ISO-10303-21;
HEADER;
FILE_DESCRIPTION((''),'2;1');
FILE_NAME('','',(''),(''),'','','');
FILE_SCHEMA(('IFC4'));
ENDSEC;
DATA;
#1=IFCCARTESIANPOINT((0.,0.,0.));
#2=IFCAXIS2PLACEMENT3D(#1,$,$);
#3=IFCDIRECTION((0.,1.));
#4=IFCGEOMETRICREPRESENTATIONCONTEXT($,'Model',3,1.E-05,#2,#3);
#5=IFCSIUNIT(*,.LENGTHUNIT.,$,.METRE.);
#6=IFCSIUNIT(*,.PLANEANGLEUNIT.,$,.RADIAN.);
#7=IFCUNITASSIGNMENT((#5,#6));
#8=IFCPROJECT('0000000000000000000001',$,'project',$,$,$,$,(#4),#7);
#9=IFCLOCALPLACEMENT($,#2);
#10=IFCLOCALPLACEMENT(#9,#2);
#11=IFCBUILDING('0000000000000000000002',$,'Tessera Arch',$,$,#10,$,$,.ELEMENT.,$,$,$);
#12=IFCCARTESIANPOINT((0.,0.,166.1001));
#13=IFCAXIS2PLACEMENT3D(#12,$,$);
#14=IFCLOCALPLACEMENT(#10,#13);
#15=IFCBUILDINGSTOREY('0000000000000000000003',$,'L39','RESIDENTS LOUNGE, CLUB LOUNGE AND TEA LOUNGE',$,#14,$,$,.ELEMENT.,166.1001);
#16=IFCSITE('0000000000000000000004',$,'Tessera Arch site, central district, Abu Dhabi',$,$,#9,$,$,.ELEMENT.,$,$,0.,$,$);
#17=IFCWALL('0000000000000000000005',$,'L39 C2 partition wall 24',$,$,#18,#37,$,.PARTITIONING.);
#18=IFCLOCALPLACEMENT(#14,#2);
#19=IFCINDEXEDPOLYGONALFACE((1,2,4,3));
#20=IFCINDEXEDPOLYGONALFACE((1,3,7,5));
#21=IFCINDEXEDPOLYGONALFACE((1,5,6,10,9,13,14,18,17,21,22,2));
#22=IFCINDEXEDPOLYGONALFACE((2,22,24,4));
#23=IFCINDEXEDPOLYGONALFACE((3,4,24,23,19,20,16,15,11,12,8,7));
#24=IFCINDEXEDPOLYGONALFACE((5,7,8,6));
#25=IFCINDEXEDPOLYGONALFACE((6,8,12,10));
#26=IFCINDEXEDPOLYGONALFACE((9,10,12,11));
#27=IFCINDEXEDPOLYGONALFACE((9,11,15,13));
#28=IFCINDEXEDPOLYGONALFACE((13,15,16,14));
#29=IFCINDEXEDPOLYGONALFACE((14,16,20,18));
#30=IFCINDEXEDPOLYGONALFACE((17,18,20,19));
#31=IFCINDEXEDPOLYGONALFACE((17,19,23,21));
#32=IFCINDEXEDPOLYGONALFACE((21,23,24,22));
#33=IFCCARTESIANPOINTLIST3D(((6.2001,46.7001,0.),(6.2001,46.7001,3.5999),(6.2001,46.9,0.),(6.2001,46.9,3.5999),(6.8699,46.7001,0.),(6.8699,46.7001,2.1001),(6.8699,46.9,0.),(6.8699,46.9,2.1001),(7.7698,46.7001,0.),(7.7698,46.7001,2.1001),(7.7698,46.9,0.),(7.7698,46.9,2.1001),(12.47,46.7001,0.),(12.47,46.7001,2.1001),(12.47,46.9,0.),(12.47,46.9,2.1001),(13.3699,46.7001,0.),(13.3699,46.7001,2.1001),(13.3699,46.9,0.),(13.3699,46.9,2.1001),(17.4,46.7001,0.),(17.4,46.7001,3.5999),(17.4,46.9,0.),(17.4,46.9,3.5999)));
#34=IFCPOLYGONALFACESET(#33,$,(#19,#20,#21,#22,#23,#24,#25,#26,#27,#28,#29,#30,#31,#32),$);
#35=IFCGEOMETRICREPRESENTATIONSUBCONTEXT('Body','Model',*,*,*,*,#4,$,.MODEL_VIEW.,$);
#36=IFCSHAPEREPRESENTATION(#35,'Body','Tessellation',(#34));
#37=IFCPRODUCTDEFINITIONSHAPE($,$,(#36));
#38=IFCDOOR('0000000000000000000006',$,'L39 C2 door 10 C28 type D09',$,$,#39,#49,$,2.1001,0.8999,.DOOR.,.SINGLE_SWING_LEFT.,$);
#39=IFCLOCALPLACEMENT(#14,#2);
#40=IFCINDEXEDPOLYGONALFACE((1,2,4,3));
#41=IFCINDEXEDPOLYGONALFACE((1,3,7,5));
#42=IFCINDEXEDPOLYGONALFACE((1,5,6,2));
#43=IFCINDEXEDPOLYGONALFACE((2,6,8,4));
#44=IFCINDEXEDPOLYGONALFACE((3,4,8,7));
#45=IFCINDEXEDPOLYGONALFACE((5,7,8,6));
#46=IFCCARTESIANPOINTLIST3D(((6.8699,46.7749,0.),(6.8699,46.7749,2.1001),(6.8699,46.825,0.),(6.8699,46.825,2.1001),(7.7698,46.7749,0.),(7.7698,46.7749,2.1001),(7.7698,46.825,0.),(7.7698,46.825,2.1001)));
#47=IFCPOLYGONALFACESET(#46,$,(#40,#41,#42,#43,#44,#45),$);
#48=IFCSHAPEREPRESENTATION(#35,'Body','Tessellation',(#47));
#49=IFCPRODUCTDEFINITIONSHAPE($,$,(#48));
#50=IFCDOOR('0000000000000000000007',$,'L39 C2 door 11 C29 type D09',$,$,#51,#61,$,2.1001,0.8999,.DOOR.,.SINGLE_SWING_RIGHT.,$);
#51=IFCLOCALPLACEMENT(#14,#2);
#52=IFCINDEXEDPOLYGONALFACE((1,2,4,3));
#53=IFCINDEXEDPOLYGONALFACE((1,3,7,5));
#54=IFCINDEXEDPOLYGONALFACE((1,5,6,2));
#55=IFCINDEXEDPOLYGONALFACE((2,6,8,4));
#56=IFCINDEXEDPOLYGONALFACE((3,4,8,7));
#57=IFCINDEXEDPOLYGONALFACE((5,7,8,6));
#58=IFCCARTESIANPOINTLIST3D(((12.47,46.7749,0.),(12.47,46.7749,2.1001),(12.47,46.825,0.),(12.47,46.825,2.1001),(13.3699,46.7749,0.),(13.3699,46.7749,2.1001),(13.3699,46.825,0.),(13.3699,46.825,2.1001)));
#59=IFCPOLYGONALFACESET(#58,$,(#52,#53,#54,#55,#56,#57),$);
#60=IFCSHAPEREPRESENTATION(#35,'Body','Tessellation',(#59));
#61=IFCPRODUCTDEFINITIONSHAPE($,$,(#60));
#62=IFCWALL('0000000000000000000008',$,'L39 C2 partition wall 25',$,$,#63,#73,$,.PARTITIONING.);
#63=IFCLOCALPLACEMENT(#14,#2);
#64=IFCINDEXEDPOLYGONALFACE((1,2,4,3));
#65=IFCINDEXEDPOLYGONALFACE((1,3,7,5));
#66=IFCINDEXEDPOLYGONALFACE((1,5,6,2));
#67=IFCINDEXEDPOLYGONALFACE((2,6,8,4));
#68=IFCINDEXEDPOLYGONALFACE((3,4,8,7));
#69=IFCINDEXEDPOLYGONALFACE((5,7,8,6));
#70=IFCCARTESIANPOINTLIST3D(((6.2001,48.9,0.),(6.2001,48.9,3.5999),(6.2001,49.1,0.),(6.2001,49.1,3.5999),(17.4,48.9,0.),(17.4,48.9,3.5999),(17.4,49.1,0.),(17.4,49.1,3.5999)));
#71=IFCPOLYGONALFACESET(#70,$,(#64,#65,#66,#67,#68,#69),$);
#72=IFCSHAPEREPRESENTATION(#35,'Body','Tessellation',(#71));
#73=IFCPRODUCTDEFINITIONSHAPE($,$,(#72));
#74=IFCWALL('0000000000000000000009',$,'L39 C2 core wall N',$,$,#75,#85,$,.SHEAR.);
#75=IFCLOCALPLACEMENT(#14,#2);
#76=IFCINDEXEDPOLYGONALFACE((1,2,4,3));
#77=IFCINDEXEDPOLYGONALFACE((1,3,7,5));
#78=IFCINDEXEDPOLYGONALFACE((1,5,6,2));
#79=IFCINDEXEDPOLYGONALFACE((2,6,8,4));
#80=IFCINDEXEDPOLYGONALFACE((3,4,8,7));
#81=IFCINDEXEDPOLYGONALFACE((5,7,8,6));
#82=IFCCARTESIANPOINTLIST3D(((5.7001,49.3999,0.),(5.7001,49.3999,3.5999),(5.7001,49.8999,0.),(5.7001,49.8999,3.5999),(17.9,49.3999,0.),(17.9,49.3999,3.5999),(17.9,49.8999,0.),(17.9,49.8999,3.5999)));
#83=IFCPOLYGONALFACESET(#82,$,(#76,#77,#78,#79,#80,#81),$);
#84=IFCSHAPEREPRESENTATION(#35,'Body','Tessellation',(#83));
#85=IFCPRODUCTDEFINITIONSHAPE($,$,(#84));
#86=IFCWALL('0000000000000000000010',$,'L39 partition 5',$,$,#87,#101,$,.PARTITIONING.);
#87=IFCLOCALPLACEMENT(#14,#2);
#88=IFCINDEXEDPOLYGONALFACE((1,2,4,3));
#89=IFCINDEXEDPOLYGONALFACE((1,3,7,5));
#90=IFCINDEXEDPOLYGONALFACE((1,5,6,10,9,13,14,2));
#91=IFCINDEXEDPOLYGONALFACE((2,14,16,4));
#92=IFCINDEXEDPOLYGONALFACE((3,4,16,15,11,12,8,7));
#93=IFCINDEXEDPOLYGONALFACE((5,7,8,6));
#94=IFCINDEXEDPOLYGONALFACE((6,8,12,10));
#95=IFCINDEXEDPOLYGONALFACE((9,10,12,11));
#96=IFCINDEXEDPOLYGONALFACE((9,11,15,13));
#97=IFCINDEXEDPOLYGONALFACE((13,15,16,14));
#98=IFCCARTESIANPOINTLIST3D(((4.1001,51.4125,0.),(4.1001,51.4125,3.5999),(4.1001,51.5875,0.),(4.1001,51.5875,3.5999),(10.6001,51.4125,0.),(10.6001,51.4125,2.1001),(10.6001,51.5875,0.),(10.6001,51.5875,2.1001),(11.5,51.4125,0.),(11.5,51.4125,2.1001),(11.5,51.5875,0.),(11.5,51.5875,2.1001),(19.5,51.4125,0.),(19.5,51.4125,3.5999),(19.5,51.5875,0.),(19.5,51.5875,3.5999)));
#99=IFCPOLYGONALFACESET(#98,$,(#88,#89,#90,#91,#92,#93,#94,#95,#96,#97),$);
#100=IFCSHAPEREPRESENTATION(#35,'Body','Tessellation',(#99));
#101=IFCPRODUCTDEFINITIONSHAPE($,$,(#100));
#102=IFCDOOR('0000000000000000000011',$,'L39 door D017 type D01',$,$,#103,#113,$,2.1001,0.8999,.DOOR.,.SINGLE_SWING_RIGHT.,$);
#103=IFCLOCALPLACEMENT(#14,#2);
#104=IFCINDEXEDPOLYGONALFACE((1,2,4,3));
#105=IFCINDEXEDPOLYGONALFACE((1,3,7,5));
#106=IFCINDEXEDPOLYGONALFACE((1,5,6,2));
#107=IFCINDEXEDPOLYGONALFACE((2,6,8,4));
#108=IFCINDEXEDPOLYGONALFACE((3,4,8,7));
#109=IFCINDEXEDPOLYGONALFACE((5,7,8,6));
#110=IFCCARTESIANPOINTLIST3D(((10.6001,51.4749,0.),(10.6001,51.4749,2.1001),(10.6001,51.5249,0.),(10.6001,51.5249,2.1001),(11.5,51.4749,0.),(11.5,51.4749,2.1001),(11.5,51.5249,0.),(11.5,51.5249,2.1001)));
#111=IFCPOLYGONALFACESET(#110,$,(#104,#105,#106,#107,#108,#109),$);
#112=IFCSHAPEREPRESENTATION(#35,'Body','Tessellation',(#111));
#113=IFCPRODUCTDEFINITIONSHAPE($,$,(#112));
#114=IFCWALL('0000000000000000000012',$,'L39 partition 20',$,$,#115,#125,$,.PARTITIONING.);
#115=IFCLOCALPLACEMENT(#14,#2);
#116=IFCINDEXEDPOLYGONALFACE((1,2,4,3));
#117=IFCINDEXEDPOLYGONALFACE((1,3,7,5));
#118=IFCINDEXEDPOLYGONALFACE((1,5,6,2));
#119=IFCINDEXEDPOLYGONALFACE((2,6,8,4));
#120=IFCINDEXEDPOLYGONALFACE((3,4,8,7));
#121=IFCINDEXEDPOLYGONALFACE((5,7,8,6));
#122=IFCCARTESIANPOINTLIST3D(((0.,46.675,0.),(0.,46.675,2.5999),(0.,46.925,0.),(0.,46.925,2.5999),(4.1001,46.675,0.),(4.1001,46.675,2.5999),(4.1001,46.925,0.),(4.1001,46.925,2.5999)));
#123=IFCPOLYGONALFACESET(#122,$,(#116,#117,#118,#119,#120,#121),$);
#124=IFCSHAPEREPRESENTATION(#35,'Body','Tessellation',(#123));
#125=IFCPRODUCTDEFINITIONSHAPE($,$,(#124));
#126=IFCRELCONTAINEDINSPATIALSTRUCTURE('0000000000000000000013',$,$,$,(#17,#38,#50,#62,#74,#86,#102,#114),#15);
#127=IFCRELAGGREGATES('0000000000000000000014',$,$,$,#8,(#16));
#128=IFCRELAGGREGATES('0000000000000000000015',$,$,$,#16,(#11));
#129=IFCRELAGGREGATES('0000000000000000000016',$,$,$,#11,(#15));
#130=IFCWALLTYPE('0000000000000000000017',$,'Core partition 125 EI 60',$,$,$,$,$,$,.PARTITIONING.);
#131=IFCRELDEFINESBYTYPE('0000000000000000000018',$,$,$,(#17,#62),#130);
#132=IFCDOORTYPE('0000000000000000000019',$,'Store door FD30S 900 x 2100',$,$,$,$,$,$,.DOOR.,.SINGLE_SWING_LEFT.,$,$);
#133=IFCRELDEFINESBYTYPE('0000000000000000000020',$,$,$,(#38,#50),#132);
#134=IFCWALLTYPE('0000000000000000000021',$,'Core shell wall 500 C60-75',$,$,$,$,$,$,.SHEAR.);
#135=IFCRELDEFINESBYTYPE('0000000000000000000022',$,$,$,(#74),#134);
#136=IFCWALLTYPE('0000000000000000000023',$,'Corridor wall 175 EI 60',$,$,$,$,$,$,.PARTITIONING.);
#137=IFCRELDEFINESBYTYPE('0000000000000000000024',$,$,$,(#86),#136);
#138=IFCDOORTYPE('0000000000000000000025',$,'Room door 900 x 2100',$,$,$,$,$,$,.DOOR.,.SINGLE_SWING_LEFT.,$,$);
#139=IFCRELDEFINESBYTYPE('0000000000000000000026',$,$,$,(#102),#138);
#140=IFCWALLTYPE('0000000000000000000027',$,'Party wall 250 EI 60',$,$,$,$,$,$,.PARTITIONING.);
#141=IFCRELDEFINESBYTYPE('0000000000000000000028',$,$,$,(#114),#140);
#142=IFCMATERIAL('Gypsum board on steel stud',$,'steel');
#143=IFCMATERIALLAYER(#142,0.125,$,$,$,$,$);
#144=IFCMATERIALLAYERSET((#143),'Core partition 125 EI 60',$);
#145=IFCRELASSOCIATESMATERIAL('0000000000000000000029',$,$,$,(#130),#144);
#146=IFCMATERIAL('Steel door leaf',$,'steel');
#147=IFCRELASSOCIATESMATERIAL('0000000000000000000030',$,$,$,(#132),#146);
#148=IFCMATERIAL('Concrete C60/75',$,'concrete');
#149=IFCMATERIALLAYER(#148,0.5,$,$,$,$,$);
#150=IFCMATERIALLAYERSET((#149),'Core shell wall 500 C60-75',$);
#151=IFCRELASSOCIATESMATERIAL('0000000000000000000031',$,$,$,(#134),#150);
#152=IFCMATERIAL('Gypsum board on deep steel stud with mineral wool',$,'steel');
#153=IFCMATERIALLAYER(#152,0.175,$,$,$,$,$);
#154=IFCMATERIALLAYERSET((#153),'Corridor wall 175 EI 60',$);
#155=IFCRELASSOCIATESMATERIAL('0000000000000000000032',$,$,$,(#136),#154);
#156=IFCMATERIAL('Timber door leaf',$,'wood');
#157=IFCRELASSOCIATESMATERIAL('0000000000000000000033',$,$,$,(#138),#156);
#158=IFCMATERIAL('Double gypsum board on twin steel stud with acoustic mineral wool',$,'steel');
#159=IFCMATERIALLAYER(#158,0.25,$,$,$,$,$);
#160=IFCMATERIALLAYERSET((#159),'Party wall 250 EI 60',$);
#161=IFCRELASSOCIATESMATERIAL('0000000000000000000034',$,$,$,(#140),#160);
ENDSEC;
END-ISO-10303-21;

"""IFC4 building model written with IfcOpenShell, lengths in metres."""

from ifc_helpers import new_model, si_unit, direction, frame, frame_2d, origin, place, context, subcontext, project, spatial, rectangle, extrude, material, layer, layer_set, type_object, element, fill, save


model = new_model("IFC4")

# Units and contexts
model_context = context("Model", 3, precision=1e-05, world=origin(), true_north=direction((0.0, 1.0)))
body_context = subcontext(model_context, "Body", "Model", "MODEL_VIEW")
ifc_project = project(units=[si_unit("LENGTHUNIT", "METRE"), si_unit("PLANEANGLEUNIT", "RADIAN")], contexts=[model_context])

# Site, building, storey
site_placement = place(None, origin())
site = spatial("IfcSite", under=ifc_project, at=site_placement, Name="Tessera Arch site, central district, Abu Dhabi", CompositionType="ELEMENT", RefElevation=0.0)
building_placement = place(site_placement, origin())
building = spatial("IfcBuilding", under=site, at=building_placement, Name="Tessera Arch", CompositionType="ELEMENT")
storey_placement = place(building_placement, frame((0.0, 0.0, 166.1001)))
storey = spatial("IfcBuildingStorey", under=building, at=storey_placement, Name="L39", Description="RESIDENTS LOUNGE, CLUB LOUNGE AND TEA LOUNGE", CompositionType="ELEMENT", Elevation=166.1001)

# Shared definitions
ifc_material_1 = material(Name="Gypsum board on steel stud", Category="steel")
ifc_layer_1 = layer(ifc_material_1, 0.125)
ifc_layer_set_1 = layer_set([ifc_layer_1], Name="Core partition 125 EI 60")
wall_type_1 = type_object("IfcWallType", Name="Core partition 125 EI 60", PredefinedType="PARTITIONING", material=ifc_layer_set_1)

# Wall, openings, doors
wall_1_placement = place(storey_placement, frame((6.2, 46.8, 0.0), z_axis=(0.0, 0.0, 1.0), x_axis=(1.0, 0.0, 0.0)))
wall_1 = element("IfcWall", 1, at=wall_1_placement, inside=storey, type_object=wall_type_1, Name="L39 C2 partition wall 24", PredefinedType="PARTITIONING", context=body_context, shape_type="SweptSolid", body=[
    extrude(rectangle(XDim=11.2, YDim=0.2, at=frame_2d((5.6001, 0.0))), origin(), (0.0, 0.0, 1.0), 3.5999),
])
opening_1_placement = place(wall_1_placement, frame((0.6699, 0.0, 0.0)))
opening_1 = element("IfcOpeningElement", 2, at=opening_1_placement, cuts=wall_1, PredefinedType="OPENING", context=body_context, shape_type="SweptSolid", body=[
    extrude(rectangle(XDim=0.8999, YDim=2.1001, at=frame_2d((0.45, 1.05))), frame((0.0, 0.1099, 0.0), z_axis=(0.0, -1.0, 0.0), x_axis=(1.0, 0.0, 0.0)), (0.0, 0.0, 1.0), 0.22),
])
opening_2_placement = place(wall_1_placement, frame((6.27, 0.0, 0.0)))
opening_2 = element("IfcOpeningElement", 3, at=opening_2_placement, cuts=wall_1, PredefinedType="OPENING", context=body_context, shape_type="SweptSolid", body=[
    extrude(rectangle(XDim=0.8999, YDim=2.1001, at=frame_2d((0.45, 1.05))), frame((0.0, 0.1099, 0.0), z_axis=(0.0, -1.0, 0.0), x_axis=(1.0, 0.0, 0.0)), (0.0, 0.0, 1.0), 0.22),
])
ifc_material_2 = material(Name="Steel door leaf", Category="steel")
door_type_1 = type_object("IfcDoorType", Name="Store door FD30S 900 x 2100", OperationType="SINGLE_SWING_LEFT", PredefinedType="DOOR", material=ifc_material_2)
door_1_placement = place(opening_1_placement, origin())
door_1 = element("IfcDoor", 4, at=door_1_placement, inside=storey, type_object=door_type_1, Name="L39 C2 door 10 C28 type D09", OperationType="SINGLE_SWING_LEFT", OverallHeight=2.1001, OverallWidth=0.8999, PredefinedType="DOOR", context=body_context, shape_type="SweptSolid", body=[
    extrude(rectangle(XDim=0.8999, YDim=2.1001, at=frame_2d((0.45, 1.05))), frame((0.0, 0.0249, 0.0), z_axis=(0.0, -1.0, 0.0), x_axis=(1.0, 0.0, 0.0)), (0.0, 0.0, 1.0), 0.05),
])
fill(opening_1, door_1)
door_2_placement = place(opening_2_placement, origin())
door_2 = element("IfcDoor", 5, at=door_2_placement, inside=storey, type_object=door_type_1, Name="L39 C2 door 11 C29 type D09", OperationType="SINGLE_SWING_RIGHT", OverallHeight=2.1001, OverallWidth=0.8999, PredefinedType="DOOR", context=body_context, shape_type="SweptSolid", body=[
    extrude(rectangle(XDim=0.8999, YDim=2.1001, at=frame_2d((0.45, 1.05))), frame((0.0, 0.0249, 0.0), z_axis=(0.0, -1.0, 0.0), x_axis=(1.0, 0.0, 0.0)), (0.0, 0.0, 1.0), 0.05),
])
fill(opening_2, door_2)

# Walls
wall_2_placement = place(storey_placement, frame((6.2, 49.0, 0.0), z_axis=(0.0, 0.0, 1.0), x_axis=(1.0, 0.0, 0.0)))
element("IfcWall", 6, at=wall_2_placement, inside=storey, type_object=wall_type_1, Name="L39 C2 partition wall 25", PredefinedType="PARTITIONING", context=body_context, shape_type="SweptSolid", body=[
    extrude(rectangle(XDim=11.2, YDim=0.2, at=frame_2d((5.6001, 0.0))), origin(), (0.0, 0.0, 1.0), 3.5999),
])
ifc_material_3 = material(Name="Concrete C60/75", Category="concrete")
ifc_layer_2 = layer(ifc_material_3, 0.5)
ifc_layer_set_2 = layer_set([ifc_layer_2], Name="Core shell wall 500 C60-75")
wall_type_2 = type_object("IfcWallType", Name="Core shell wall 500 C60-75", PredefinedType="SHEAR", material=ifc_layer_set_2)
wall_3_placement = place(storey_placement, frame((5.7, 49.6499, 0.0), z_axis=(0.0, 0.0, 1.0), x_axis=(1.0, 0.0, 0.0)))
element("IfcWall", 7, at=wall_3_placement, inside=storey, type_object=wall_type_2, Name="L39 C2 core wall N", PredefinedType="SHEAR", context=body_context, shape_type="SweptSolid", body=[
    extrude(rectangle(XDim=12.2, YDim=0.5, at=frame_2d((6.1001, 0.0))), origin(), (0.0, 0.0, 1.0), 3.5999),
])

# Wall, opening, door
ifc_material_4 = material(Name="Gypsum board on deep steel stud with mineral wool", Category="steel")
ifc_layer_3 = layer(ifc_material_4, 0.175)
ifc_layer_set_3 = layer_set([ifc_layer_3], Name="Corridor wall 175 EI 60")
wall_type_3 = type_object("IfcWallType", Name="Corridor wall 175 EI 60", PredefinedType="PARTITIONING", material=ifc_layer_set_3)
wall_4_placement = place(storey_placement, frame((4.1001, 51.5, 0.0), z_axis=(0.0, 0.0, 1.0), x_axis=(1.0, 0.0, 0.0)))
wall_4 = element("IfcWall", 8, at=wall_4_placement, inside=storey, type_object=wall_type_3, Name="L39 partition 5", PredefinedType="PARTITIONING", context=body_context, shape_type="SweptSolid", body=[
    extrude(rectangle(XDim=15.3999, YDim=0.175, at=frame_2d((7.7, 0.0))), origin(), (0.0, 0.0, 1.0), 3.5999),
])
opening_3_placement = place(wall_4_placement, frame((6.5, 0.0, 0.0)))
opening_3 = element("IfcOpeningElement", 9, at=opening_3_placement, cuts=wall_4, PredefinedType="OPENING", context=body_context, shape_type="SweptSolid", body=[
    extrude(rectangle(XDim=0.8999, YDim=2.1001, at=frame_2d((0.45, 1.05))), frame((0.0, 0.0974, 0.0), z_axis=(0.0, -1.0, 0.0), x_axis=(1.0, 0.0, 0.0)), (0.0, 0.0, 1.0), 0.1951),
])
ifc_material_5 = material(Name="Timber door leaf", Category="wood")
door_type_2 = type_object("IfcDoorType", Name="Room door 900 x 2100", OperationType="SINGLE_SWING_LEFT", PredefinedType="DOOR", material=ifc_material_5)
door_3_placement = place(opening_3_placement, origin())
door_3 = element("IfcDoor", 10, at=door_3_placement, inside=storey, type_object=door_type_2, Name="L39 door D017 type D01", OperationType="SINGLE_SWING_RIGHT", OverallHeight=2.1001, OverallWidth=0.8999, PredefinedType="DOOR", context=body_context, shape_type="SweptSolid", body=[
    extrude(rectangle(XDim=0.8999, YDim=2.1001, at=frame_2d((0.45, 1.05))), frame((0.0, 0.0249, 0.0), z_axis=(0.0, -1.0, 0.0), x_axis=(1.0, 0.0, 0.0)), (0.0, 0.0, 1.0), 0.05),
])
fill(opening_3, door_3)

# Wall
ifc_material_6 = material(Name="Double gypsum board on twin steel stud with acoustic mineral wool", Category="steel")
ifc_layer_4 = layer(ifc_material_6, 0.25)
ifc_layer_set_4 = layer_set([ifc_layer_4], Name="Party wall 250 EI 60")
wall_type_4 = type_object("IfcWallType", Name="Party wall 250 EI 60", PredefinedType="PARTITIONING", material=ifc_layer_set_4)
wall_5_placement = place(storey_placement, frame((0.0, 46.8, 0.0), z_axis=(0.0, 0.0, 1.0), x_axis=(1.0, 0.0, 0.0)))
element("IfcWall", 11, at=wall_5_placement, inside=storey, type_object=wall_type_4, Name="L39 partition 20", PredefinedType="PARTITIONING", context=body_context, shape_type="SweptSolid", body=[
    extrude(rectangle(XDim=4.1001, YDim=0.25, at=frame_2d((2.05, 0.0))), origin(), (0.0, 0.0, 1.0), 2.5999),
])

save(model, "model.ifc")
